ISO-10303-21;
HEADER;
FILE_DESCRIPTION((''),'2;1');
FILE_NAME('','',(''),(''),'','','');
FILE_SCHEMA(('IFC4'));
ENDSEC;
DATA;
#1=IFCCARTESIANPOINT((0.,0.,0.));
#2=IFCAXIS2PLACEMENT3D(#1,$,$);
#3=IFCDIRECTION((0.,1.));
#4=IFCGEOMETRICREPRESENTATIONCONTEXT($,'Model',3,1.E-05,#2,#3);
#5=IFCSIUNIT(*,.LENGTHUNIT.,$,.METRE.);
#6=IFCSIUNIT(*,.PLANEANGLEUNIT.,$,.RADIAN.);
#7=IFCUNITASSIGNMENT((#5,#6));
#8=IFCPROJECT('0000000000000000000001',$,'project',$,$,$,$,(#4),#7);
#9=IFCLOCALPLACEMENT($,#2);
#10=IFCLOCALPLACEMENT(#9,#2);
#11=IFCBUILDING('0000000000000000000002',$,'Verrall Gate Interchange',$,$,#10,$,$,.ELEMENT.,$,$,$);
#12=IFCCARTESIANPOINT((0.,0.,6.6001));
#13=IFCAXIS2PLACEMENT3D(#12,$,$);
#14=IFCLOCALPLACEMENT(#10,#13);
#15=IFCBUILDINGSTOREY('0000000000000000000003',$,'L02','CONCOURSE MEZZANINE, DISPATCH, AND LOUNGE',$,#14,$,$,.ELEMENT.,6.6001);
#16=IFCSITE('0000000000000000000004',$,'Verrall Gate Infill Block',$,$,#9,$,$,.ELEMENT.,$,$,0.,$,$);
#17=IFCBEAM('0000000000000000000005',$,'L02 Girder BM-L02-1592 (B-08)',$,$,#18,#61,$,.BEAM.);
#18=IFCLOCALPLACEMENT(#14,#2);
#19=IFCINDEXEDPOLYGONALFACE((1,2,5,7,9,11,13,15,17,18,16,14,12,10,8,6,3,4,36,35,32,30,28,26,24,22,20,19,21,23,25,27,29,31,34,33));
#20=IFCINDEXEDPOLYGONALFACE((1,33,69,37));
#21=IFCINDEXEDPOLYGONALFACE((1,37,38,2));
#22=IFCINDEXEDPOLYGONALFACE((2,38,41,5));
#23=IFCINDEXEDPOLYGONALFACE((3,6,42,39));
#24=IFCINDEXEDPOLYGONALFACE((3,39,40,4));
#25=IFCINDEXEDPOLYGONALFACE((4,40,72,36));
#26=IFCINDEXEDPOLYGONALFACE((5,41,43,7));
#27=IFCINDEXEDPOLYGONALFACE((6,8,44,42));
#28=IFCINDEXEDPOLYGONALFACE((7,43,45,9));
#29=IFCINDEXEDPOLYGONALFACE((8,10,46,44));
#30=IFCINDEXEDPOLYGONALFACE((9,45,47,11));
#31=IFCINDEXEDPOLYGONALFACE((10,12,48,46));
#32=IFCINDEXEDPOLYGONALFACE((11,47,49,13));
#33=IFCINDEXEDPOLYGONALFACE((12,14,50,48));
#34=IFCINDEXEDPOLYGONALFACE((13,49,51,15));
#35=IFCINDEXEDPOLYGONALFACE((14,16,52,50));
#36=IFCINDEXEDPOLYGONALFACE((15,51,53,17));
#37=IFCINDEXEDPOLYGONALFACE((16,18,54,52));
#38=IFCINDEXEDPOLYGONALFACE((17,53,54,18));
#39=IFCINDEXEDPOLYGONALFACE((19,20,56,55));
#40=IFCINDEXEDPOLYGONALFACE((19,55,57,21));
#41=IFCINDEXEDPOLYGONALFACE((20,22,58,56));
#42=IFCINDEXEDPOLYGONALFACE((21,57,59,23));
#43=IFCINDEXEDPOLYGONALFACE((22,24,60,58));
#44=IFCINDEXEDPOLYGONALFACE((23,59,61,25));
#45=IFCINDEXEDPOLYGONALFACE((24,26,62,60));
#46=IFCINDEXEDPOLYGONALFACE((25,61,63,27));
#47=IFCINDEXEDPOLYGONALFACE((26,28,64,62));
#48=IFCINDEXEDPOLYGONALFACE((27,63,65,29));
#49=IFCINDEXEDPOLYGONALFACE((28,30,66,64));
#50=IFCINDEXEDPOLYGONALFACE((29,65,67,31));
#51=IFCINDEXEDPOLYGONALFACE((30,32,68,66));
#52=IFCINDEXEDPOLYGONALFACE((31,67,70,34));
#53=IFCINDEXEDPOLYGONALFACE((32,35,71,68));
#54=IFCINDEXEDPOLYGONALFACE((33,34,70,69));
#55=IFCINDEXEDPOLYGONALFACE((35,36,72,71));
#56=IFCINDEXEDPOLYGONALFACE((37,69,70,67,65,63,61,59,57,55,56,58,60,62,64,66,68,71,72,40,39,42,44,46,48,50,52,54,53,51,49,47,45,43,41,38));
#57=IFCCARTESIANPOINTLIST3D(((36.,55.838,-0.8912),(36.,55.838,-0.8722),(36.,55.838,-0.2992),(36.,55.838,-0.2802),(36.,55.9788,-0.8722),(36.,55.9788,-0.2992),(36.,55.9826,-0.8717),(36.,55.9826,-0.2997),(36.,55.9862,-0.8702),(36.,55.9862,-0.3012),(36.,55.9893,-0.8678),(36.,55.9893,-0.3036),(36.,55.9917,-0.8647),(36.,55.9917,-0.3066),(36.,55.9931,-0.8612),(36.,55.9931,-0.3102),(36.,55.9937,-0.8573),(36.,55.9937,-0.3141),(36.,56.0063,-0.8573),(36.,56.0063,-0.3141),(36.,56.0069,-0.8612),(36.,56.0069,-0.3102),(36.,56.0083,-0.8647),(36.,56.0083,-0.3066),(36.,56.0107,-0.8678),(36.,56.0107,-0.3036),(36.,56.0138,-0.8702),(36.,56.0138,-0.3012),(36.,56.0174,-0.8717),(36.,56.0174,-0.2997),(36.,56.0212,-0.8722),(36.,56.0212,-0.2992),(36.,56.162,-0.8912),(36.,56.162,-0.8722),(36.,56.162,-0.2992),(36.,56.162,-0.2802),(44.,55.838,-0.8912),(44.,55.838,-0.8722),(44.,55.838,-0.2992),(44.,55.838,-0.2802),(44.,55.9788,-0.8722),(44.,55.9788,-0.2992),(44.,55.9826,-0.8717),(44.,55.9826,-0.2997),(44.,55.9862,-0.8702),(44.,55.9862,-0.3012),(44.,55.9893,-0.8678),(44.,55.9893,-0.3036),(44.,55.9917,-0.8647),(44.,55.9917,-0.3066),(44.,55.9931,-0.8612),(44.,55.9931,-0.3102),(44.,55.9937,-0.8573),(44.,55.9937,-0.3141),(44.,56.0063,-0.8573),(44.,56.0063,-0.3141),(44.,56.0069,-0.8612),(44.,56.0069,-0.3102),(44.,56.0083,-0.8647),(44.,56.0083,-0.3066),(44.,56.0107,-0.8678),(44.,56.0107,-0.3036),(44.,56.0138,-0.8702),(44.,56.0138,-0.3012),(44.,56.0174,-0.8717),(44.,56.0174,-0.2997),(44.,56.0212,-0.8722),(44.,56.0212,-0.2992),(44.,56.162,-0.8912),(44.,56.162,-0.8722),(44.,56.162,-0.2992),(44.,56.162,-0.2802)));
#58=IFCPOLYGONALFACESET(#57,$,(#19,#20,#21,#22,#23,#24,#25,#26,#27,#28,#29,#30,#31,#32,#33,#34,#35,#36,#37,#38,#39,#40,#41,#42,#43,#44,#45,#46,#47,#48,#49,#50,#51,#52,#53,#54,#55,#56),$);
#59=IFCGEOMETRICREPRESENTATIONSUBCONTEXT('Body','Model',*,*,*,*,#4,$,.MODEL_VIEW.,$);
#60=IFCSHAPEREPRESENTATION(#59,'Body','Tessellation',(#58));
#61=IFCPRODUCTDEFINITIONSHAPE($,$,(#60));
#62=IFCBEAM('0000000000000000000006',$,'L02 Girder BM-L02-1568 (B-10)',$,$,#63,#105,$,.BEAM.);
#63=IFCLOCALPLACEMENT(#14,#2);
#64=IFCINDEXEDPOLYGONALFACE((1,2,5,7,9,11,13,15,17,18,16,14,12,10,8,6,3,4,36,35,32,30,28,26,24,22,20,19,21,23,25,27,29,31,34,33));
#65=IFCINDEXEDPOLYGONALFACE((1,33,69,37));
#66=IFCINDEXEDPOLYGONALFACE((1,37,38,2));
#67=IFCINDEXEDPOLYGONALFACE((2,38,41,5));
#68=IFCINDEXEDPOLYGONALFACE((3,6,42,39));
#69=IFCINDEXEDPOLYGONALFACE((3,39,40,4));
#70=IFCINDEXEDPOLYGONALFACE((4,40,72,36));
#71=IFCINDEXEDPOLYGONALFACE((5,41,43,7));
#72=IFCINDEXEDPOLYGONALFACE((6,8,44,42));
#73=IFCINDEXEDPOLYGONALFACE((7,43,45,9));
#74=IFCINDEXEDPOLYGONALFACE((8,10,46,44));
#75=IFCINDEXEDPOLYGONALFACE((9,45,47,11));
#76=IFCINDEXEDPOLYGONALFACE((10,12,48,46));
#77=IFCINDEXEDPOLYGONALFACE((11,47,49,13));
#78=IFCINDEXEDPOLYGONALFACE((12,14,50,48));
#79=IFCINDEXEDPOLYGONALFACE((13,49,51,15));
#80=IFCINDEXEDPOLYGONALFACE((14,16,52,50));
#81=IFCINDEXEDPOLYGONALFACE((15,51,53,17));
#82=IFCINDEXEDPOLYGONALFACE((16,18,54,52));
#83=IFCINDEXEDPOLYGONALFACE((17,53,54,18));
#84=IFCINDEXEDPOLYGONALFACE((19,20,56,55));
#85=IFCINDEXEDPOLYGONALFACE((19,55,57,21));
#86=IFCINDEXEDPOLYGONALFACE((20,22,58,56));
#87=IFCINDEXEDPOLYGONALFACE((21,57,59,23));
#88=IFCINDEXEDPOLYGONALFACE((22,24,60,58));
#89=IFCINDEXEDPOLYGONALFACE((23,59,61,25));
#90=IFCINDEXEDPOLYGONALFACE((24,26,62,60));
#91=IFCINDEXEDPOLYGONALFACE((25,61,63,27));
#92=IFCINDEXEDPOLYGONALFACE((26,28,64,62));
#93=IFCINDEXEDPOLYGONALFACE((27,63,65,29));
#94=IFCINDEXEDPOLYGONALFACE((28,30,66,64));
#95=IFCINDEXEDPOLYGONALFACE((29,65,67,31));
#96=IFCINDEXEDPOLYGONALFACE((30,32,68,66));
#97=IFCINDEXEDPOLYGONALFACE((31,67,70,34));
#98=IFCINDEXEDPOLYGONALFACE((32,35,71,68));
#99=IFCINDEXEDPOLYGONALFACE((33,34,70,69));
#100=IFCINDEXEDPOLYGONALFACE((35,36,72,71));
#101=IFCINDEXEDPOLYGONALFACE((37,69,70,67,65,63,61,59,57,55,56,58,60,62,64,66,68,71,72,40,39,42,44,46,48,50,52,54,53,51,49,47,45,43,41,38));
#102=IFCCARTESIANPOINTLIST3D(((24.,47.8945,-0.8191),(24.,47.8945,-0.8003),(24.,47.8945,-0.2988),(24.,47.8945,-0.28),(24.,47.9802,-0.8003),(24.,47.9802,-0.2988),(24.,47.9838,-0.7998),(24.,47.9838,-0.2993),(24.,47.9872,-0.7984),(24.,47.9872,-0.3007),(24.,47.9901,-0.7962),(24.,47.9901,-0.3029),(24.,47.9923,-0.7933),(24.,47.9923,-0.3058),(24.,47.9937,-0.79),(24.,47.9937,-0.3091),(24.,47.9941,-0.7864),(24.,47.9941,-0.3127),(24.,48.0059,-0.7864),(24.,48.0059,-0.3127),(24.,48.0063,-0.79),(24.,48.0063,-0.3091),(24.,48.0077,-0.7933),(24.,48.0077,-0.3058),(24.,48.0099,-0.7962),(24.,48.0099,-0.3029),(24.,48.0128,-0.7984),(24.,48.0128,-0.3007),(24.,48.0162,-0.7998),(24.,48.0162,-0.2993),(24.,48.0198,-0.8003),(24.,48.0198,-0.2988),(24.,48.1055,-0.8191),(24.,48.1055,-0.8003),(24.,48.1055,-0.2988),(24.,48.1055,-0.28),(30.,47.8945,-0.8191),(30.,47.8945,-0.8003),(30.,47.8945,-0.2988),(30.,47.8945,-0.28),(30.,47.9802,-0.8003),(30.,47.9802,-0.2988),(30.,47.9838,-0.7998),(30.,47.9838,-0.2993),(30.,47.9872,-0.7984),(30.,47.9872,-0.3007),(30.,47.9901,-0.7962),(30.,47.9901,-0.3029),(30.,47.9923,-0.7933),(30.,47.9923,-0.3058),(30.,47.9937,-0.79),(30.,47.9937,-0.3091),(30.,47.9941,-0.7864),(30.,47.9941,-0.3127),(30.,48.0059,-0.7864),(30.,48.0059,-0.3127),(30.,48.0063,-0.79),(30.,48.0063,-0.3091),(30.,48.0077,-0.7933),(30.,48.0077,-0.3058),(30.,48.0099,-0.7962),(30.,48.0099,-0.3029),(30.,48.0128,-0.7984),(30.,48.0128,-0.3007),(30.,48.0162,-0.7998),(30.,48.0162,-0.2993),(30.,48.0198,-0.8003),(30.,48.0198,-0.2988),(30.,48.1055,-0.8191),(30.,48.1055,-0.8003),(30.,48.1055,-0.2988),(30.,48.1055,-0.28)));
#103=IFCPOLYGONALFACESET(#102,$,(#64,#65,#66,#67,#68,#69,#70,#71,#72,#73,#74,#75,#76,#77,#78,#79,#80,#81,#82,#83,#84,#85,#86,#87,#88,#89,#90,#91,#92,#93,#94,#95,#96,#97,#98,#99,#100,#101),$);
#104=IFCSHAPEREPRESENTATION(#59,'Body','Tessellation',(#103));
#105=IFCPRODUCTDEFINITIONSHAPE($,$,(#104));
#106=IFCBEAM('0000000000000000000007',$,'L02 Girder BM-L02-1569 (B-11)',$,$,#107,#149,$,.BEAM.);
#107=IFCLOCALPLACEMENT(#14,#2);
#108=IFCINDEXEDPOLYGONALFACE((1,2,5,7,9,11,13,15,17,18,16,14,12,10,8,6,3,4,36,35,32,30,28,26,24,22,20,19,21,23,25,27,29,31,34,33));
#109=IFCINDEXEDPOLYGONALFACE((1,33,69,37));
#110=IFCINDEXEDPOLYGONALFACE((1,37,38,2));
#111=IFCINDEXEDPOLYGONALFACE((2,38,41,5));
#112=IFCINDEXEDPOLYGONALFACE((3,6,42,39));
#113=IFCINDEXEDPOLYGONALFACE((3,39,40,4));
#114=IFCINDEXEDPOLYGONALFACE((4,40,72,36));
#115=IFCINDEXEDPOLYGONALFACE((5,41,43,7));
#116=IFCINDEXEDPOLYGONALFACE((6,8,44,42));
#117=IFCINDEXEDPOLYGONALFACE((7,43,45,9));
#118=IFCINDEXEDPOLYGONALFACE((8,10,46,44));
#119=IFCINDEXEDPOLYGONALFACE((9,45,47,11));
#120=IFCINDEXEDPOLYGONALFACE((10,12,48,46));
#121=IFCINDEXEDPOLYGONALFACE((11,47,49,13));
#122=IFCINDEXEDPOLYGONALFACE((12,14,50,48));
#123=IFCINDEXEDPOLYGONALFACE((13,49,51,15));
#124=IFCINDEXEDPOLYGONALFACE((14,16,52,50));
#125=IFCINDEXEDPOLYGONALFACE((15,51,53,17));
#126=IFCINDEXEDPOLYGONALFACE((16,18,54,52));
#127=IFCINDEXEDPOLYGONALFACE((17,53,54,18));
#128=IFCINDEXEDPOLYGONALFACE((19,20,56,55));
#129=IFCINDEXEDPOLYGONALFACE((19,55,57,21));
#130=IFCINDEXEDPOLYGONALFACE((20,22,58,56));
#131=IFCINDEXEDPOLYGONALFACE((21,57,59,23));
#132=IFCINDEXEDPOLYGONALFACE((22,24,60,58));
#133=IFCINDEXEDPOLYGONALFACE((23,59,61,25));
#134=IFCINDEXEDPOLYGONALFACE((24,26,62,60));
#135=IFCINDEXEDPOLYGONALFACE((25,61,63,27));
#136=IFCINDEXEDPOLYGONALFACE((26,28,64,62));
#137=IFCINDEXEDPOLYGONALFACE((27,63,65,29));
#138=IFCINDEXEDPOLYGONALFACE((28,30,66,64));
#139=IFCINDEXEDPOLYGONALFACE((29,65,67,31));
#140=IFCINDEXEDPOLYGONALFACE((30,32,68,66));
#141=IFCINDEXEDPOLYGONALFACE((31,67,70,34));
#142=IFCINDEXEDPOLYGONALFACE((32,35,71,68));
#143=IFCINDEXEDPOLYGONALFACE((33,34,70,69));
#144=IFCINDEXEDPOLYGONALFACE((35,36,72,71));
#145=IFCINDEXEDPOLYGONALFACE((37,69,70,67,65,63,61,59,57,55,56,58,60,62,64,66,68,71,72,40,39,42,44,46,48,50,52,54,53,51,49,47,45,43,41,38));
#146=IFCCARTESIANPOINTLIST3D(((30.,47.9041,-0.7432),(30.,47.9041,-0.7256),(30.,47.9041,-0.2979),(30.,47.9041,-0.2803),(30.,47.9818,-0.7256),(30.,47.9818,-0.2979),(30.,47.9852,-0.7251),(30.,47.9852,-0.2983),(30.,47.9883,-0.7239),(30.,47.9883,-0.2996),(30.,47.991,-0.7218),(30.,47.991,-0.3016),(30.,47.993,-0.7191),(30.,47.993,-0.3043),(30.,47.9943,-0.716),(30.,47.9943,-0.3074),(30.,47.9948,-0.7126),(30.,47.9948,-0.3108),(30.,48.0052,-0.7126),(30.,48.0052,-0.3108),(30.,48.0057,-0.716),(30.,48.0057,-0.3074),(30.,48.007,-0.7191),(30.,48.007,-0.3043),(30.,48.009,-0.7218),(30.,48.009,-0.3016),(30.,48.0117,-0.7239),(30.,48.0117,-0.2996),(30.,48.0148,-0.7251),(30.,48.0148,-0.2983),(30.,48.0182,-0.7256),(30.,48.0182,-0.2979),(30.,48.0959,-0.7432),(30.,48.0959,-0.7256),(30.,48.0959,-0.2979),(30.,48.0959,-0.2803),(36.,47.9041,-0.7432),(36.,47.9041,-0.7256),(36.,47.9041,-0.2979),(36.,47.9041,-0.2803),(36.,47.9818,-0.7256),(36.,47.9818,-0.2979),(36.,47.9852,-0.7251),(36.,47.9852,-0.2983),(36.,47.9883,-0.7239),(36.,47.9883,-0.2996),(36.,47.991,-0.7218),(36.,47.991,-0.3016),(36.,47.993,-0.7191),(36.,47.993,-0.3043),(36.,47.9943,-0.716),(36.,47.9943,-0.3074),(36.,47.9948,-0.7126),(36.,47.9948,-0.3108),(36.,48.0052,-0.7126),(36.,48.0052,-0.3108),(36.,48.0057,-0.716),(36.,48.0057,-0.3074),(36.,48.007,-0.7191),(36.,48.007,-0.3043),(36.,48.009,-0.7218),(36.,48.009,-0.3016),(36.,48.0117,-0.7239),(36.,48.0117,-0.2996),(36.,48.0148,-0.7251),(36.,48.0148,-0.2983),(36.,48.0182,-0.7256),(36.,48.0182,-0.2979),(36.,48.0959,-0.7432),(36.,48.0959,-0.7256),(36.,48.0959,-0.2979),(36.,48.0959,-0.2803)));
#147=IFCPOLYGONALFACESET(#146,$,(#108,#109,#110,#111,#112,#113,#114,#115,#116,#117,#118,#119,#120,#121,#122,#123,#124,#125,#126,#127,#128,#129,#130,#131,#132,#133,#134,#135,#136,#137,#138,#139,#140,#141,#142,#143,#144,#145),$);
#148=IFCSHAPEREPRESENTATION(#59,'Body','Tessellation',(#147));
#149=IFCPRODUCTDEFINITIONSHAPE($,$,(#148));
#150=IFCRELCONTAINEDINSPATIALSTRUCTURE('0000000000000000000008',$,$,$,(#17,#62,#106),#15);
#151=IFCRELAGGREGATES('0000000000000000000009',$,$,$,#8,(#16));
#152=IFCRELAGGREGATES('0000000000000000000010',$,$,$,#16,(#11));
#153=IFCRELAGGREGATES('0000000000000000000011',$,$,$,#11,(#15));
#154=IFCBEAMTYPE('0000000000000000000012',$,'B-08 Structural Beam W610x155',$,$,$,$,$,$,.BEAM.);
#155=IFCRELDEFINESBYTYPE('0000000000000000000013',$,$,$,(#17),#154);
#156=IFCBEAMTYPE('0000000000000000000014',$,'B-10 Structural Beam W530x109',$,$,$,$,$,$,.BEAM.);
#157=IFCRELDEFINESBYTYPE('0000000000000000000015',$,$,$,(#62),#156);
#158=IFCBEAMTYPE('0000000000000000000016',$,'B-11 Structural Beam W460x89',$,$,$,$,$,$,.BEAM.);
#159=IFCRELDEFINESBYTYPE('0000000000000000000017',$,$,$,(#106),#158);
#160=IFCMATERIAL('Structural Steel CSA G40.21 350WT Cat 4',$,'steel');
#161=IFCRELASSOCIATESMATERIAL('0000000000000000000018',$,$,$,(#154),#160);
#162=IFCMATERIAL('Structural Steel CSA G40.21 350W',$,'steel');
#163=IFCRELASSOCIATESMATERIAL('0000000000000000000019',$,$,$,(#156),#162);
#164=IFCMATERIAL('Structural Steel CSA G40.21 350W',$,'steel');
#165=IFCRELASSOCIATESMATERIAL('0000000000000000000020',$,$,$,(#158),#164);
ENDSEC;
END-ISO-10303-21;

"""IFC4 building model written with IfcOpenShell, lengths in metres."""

from ifc_helpers import new_model, si_unit, direction, frame, origin, origin_2d, place, context, subcontext, project, spatial, i_section, extrude, material, material_profile, profile_set, type_object, element, save


model = new_model("IFC4")

# Units and contexts
model_context = context("Model", 3, precision=1e-05, world=origin(), true_north=direction((0.0, 1.0)))
body_context = subcontext(model_context, "Body", "Model", "MODEL_VIEW")
ifc_project = project(units=[si_unit("LENGTHUNIT", "METRE"), si_unit("PLANEANGLEUNIT", "RADIAN")], contexts=[model_context])

# Site, building, storey
site_placement = place(None, origin())
site = spatial("IfcSite", under=ifc_project, at=site_placement, Name="Verrall Gate Infill Block", CompositionType="ELEMENT", RefElevation=0.0)
building_placement = place(site_placement, origin())
building = spatial("IfcBuilding", under=site, at=building_placement, Name="Verrall Gate Interchange", CompositionType="ELEMENT")
storey_placement = place(building_placement, frame((0.0, 0.0, 6.6001)))
storey = spatial("IfcBuildingStorey", under=building, at=storey_placement, Name="L02", Description="CONCOURSE MEZZANINE, DISPATCH, AND LOUNGE", CompositionType="ELEMENT", Elevation=6.6001)

# Beams
ifc_material_1 = material(Name="Structural Steel CSA G40.21 350WT Cat 4", Category="steel")
ifc_material_profile_1 = material_profile(ifc_material_1, i_section(OverallWidth=0.324, OverallDepth=0.6111, WebThickness=0.0127, FlangeThickness=0.019, FilletRadius=0.0149, at=origin_2d()), Name="W610x155")
ifc_profile_set_1 = profile_set([ifc_material_profile_1], Name="Structural Steel CSA G40.21 350WT Cat 4")
beam_type_1 = type_object("IfcBeamType", Name="B-08 Structural Beam W610x155", PredefinedType="BEAM", material=ifc_profile_set_1)
for number, where, z_axis, x_axis, name in (
    (1, (36.0, 56.0, -0.5857), (1.0, 0.0, 0.0), (0.0, 1.0, 0.0), "L02 Girder BM-L02-1592 (B-08)"),
):
    element("IfcBeam", number, at=place(storey_placement, frame(where, z_axis=z_axis, x_axis=x_axis)), inside=storey, type_object=beam_type_1, Name=name, PredefinedType="BEAM", context=body_context, shape_type="SweptSolid", body=[
        extrude(i_section(OverallWidth=0.324, OverallDepth=0.6111, WebThickness=0.0127, FlangeThickness=0.019, FilletRadius=0.0149, at=origin_2d()), origin(), (0.0, 0.0, 1.0), 8.0),
    ])
ifc_material_2 = material(Name="Structural Steel CSA G40.21 350W", Category="steel")
ifc_material_profile_2 = material_profile(ifc_material_2, i_section(OverallWidth=0.2109, OverallDepth=0.5391, WebThickness=0.0117, FlangeThickness=0.0188, FilletRadius=0.0139, at=origin_2d()), Name="W530x109")
ifc_profile_set_2 = profile_set([ifc_material_profile_2], Name="Structural Steel CSA G40.21 350W")
beam_type_2 = type_object("IfcBeamType", Name="B-10 Structural Beam W530x109", PredefinedType="BEAM", material=ifc_profile_set_2)
beam_1_placement = place(storey_placement, frame((24.0, 48.0, -0.5496), z_axis=(1.0, 0.0, 0.0), x_axis=(0.0, 1.0, 0.0)))
element("IfcBeam", 2, at=beam_1_placement, inside=storey, type_object=beam_type_2, Name="L02 Girder BM-L02-1568 (B-10)", PredefinedType="BEAM", context=body_context, shape_type="SweptSolid", body=[
    extrude(i_section(OverallWidth=0.2109, OverallDepth=0.5391, WebThickness=0.0117, FlangeThickness=0.0188, FilletRadius=0.0139, at=origin_2d()), origin(), (0.0, 0.0, 1.0), 6.0),
])
ifc_material_3 = material(Name="Structural Steel CSA G40.21 350W", Category="steel")
ifc_material_profile_3 = material_profile(ifc_material_3, i_section(OverallWidth=0.1919, OverallDepth=0.4629, WebThickness=0.0105, FlangeThickness=0.0176, FilletRadius=0.0129, at=origin_2d()), Name="W460x89")
ifc_profile_set_3 = profile_set([ifc_material_profile_3], Name="Structural Steel CSA G40.21 350W")
beam_type_3 = type_object("IfcBeamType", Name="B-11 Structural Beam W460x89", PredefinedType="BEAM", material=ifc_profile_set_3)
beam_2_placement = place(storey_placement, frame((30.0, 48.0, -0.5117), z_axis=(1.0, 0.0, 0.0), x_axis=(0.0, 1.0, 0.0)))
element("IfcBeam", 3, at=beam_2_placement, inside=storey, type_object=beam_type_3, Name="L02 Girder BM-L02-1569 (B-11)", PredefinedType="BEAM", context=body_context, shape_type="SweptSolid", body=[
    extrude(i_section(OverallWidth=0.1919, OverallDepth=0.4629, WebThickness=0.0105, FlangeThickness=0.0176, FilletRadius=0.0129, at=origin_2d()), origin(), (0.0, 0.0, 1.0), 6.0),
])

save(model, "model.ifc")
